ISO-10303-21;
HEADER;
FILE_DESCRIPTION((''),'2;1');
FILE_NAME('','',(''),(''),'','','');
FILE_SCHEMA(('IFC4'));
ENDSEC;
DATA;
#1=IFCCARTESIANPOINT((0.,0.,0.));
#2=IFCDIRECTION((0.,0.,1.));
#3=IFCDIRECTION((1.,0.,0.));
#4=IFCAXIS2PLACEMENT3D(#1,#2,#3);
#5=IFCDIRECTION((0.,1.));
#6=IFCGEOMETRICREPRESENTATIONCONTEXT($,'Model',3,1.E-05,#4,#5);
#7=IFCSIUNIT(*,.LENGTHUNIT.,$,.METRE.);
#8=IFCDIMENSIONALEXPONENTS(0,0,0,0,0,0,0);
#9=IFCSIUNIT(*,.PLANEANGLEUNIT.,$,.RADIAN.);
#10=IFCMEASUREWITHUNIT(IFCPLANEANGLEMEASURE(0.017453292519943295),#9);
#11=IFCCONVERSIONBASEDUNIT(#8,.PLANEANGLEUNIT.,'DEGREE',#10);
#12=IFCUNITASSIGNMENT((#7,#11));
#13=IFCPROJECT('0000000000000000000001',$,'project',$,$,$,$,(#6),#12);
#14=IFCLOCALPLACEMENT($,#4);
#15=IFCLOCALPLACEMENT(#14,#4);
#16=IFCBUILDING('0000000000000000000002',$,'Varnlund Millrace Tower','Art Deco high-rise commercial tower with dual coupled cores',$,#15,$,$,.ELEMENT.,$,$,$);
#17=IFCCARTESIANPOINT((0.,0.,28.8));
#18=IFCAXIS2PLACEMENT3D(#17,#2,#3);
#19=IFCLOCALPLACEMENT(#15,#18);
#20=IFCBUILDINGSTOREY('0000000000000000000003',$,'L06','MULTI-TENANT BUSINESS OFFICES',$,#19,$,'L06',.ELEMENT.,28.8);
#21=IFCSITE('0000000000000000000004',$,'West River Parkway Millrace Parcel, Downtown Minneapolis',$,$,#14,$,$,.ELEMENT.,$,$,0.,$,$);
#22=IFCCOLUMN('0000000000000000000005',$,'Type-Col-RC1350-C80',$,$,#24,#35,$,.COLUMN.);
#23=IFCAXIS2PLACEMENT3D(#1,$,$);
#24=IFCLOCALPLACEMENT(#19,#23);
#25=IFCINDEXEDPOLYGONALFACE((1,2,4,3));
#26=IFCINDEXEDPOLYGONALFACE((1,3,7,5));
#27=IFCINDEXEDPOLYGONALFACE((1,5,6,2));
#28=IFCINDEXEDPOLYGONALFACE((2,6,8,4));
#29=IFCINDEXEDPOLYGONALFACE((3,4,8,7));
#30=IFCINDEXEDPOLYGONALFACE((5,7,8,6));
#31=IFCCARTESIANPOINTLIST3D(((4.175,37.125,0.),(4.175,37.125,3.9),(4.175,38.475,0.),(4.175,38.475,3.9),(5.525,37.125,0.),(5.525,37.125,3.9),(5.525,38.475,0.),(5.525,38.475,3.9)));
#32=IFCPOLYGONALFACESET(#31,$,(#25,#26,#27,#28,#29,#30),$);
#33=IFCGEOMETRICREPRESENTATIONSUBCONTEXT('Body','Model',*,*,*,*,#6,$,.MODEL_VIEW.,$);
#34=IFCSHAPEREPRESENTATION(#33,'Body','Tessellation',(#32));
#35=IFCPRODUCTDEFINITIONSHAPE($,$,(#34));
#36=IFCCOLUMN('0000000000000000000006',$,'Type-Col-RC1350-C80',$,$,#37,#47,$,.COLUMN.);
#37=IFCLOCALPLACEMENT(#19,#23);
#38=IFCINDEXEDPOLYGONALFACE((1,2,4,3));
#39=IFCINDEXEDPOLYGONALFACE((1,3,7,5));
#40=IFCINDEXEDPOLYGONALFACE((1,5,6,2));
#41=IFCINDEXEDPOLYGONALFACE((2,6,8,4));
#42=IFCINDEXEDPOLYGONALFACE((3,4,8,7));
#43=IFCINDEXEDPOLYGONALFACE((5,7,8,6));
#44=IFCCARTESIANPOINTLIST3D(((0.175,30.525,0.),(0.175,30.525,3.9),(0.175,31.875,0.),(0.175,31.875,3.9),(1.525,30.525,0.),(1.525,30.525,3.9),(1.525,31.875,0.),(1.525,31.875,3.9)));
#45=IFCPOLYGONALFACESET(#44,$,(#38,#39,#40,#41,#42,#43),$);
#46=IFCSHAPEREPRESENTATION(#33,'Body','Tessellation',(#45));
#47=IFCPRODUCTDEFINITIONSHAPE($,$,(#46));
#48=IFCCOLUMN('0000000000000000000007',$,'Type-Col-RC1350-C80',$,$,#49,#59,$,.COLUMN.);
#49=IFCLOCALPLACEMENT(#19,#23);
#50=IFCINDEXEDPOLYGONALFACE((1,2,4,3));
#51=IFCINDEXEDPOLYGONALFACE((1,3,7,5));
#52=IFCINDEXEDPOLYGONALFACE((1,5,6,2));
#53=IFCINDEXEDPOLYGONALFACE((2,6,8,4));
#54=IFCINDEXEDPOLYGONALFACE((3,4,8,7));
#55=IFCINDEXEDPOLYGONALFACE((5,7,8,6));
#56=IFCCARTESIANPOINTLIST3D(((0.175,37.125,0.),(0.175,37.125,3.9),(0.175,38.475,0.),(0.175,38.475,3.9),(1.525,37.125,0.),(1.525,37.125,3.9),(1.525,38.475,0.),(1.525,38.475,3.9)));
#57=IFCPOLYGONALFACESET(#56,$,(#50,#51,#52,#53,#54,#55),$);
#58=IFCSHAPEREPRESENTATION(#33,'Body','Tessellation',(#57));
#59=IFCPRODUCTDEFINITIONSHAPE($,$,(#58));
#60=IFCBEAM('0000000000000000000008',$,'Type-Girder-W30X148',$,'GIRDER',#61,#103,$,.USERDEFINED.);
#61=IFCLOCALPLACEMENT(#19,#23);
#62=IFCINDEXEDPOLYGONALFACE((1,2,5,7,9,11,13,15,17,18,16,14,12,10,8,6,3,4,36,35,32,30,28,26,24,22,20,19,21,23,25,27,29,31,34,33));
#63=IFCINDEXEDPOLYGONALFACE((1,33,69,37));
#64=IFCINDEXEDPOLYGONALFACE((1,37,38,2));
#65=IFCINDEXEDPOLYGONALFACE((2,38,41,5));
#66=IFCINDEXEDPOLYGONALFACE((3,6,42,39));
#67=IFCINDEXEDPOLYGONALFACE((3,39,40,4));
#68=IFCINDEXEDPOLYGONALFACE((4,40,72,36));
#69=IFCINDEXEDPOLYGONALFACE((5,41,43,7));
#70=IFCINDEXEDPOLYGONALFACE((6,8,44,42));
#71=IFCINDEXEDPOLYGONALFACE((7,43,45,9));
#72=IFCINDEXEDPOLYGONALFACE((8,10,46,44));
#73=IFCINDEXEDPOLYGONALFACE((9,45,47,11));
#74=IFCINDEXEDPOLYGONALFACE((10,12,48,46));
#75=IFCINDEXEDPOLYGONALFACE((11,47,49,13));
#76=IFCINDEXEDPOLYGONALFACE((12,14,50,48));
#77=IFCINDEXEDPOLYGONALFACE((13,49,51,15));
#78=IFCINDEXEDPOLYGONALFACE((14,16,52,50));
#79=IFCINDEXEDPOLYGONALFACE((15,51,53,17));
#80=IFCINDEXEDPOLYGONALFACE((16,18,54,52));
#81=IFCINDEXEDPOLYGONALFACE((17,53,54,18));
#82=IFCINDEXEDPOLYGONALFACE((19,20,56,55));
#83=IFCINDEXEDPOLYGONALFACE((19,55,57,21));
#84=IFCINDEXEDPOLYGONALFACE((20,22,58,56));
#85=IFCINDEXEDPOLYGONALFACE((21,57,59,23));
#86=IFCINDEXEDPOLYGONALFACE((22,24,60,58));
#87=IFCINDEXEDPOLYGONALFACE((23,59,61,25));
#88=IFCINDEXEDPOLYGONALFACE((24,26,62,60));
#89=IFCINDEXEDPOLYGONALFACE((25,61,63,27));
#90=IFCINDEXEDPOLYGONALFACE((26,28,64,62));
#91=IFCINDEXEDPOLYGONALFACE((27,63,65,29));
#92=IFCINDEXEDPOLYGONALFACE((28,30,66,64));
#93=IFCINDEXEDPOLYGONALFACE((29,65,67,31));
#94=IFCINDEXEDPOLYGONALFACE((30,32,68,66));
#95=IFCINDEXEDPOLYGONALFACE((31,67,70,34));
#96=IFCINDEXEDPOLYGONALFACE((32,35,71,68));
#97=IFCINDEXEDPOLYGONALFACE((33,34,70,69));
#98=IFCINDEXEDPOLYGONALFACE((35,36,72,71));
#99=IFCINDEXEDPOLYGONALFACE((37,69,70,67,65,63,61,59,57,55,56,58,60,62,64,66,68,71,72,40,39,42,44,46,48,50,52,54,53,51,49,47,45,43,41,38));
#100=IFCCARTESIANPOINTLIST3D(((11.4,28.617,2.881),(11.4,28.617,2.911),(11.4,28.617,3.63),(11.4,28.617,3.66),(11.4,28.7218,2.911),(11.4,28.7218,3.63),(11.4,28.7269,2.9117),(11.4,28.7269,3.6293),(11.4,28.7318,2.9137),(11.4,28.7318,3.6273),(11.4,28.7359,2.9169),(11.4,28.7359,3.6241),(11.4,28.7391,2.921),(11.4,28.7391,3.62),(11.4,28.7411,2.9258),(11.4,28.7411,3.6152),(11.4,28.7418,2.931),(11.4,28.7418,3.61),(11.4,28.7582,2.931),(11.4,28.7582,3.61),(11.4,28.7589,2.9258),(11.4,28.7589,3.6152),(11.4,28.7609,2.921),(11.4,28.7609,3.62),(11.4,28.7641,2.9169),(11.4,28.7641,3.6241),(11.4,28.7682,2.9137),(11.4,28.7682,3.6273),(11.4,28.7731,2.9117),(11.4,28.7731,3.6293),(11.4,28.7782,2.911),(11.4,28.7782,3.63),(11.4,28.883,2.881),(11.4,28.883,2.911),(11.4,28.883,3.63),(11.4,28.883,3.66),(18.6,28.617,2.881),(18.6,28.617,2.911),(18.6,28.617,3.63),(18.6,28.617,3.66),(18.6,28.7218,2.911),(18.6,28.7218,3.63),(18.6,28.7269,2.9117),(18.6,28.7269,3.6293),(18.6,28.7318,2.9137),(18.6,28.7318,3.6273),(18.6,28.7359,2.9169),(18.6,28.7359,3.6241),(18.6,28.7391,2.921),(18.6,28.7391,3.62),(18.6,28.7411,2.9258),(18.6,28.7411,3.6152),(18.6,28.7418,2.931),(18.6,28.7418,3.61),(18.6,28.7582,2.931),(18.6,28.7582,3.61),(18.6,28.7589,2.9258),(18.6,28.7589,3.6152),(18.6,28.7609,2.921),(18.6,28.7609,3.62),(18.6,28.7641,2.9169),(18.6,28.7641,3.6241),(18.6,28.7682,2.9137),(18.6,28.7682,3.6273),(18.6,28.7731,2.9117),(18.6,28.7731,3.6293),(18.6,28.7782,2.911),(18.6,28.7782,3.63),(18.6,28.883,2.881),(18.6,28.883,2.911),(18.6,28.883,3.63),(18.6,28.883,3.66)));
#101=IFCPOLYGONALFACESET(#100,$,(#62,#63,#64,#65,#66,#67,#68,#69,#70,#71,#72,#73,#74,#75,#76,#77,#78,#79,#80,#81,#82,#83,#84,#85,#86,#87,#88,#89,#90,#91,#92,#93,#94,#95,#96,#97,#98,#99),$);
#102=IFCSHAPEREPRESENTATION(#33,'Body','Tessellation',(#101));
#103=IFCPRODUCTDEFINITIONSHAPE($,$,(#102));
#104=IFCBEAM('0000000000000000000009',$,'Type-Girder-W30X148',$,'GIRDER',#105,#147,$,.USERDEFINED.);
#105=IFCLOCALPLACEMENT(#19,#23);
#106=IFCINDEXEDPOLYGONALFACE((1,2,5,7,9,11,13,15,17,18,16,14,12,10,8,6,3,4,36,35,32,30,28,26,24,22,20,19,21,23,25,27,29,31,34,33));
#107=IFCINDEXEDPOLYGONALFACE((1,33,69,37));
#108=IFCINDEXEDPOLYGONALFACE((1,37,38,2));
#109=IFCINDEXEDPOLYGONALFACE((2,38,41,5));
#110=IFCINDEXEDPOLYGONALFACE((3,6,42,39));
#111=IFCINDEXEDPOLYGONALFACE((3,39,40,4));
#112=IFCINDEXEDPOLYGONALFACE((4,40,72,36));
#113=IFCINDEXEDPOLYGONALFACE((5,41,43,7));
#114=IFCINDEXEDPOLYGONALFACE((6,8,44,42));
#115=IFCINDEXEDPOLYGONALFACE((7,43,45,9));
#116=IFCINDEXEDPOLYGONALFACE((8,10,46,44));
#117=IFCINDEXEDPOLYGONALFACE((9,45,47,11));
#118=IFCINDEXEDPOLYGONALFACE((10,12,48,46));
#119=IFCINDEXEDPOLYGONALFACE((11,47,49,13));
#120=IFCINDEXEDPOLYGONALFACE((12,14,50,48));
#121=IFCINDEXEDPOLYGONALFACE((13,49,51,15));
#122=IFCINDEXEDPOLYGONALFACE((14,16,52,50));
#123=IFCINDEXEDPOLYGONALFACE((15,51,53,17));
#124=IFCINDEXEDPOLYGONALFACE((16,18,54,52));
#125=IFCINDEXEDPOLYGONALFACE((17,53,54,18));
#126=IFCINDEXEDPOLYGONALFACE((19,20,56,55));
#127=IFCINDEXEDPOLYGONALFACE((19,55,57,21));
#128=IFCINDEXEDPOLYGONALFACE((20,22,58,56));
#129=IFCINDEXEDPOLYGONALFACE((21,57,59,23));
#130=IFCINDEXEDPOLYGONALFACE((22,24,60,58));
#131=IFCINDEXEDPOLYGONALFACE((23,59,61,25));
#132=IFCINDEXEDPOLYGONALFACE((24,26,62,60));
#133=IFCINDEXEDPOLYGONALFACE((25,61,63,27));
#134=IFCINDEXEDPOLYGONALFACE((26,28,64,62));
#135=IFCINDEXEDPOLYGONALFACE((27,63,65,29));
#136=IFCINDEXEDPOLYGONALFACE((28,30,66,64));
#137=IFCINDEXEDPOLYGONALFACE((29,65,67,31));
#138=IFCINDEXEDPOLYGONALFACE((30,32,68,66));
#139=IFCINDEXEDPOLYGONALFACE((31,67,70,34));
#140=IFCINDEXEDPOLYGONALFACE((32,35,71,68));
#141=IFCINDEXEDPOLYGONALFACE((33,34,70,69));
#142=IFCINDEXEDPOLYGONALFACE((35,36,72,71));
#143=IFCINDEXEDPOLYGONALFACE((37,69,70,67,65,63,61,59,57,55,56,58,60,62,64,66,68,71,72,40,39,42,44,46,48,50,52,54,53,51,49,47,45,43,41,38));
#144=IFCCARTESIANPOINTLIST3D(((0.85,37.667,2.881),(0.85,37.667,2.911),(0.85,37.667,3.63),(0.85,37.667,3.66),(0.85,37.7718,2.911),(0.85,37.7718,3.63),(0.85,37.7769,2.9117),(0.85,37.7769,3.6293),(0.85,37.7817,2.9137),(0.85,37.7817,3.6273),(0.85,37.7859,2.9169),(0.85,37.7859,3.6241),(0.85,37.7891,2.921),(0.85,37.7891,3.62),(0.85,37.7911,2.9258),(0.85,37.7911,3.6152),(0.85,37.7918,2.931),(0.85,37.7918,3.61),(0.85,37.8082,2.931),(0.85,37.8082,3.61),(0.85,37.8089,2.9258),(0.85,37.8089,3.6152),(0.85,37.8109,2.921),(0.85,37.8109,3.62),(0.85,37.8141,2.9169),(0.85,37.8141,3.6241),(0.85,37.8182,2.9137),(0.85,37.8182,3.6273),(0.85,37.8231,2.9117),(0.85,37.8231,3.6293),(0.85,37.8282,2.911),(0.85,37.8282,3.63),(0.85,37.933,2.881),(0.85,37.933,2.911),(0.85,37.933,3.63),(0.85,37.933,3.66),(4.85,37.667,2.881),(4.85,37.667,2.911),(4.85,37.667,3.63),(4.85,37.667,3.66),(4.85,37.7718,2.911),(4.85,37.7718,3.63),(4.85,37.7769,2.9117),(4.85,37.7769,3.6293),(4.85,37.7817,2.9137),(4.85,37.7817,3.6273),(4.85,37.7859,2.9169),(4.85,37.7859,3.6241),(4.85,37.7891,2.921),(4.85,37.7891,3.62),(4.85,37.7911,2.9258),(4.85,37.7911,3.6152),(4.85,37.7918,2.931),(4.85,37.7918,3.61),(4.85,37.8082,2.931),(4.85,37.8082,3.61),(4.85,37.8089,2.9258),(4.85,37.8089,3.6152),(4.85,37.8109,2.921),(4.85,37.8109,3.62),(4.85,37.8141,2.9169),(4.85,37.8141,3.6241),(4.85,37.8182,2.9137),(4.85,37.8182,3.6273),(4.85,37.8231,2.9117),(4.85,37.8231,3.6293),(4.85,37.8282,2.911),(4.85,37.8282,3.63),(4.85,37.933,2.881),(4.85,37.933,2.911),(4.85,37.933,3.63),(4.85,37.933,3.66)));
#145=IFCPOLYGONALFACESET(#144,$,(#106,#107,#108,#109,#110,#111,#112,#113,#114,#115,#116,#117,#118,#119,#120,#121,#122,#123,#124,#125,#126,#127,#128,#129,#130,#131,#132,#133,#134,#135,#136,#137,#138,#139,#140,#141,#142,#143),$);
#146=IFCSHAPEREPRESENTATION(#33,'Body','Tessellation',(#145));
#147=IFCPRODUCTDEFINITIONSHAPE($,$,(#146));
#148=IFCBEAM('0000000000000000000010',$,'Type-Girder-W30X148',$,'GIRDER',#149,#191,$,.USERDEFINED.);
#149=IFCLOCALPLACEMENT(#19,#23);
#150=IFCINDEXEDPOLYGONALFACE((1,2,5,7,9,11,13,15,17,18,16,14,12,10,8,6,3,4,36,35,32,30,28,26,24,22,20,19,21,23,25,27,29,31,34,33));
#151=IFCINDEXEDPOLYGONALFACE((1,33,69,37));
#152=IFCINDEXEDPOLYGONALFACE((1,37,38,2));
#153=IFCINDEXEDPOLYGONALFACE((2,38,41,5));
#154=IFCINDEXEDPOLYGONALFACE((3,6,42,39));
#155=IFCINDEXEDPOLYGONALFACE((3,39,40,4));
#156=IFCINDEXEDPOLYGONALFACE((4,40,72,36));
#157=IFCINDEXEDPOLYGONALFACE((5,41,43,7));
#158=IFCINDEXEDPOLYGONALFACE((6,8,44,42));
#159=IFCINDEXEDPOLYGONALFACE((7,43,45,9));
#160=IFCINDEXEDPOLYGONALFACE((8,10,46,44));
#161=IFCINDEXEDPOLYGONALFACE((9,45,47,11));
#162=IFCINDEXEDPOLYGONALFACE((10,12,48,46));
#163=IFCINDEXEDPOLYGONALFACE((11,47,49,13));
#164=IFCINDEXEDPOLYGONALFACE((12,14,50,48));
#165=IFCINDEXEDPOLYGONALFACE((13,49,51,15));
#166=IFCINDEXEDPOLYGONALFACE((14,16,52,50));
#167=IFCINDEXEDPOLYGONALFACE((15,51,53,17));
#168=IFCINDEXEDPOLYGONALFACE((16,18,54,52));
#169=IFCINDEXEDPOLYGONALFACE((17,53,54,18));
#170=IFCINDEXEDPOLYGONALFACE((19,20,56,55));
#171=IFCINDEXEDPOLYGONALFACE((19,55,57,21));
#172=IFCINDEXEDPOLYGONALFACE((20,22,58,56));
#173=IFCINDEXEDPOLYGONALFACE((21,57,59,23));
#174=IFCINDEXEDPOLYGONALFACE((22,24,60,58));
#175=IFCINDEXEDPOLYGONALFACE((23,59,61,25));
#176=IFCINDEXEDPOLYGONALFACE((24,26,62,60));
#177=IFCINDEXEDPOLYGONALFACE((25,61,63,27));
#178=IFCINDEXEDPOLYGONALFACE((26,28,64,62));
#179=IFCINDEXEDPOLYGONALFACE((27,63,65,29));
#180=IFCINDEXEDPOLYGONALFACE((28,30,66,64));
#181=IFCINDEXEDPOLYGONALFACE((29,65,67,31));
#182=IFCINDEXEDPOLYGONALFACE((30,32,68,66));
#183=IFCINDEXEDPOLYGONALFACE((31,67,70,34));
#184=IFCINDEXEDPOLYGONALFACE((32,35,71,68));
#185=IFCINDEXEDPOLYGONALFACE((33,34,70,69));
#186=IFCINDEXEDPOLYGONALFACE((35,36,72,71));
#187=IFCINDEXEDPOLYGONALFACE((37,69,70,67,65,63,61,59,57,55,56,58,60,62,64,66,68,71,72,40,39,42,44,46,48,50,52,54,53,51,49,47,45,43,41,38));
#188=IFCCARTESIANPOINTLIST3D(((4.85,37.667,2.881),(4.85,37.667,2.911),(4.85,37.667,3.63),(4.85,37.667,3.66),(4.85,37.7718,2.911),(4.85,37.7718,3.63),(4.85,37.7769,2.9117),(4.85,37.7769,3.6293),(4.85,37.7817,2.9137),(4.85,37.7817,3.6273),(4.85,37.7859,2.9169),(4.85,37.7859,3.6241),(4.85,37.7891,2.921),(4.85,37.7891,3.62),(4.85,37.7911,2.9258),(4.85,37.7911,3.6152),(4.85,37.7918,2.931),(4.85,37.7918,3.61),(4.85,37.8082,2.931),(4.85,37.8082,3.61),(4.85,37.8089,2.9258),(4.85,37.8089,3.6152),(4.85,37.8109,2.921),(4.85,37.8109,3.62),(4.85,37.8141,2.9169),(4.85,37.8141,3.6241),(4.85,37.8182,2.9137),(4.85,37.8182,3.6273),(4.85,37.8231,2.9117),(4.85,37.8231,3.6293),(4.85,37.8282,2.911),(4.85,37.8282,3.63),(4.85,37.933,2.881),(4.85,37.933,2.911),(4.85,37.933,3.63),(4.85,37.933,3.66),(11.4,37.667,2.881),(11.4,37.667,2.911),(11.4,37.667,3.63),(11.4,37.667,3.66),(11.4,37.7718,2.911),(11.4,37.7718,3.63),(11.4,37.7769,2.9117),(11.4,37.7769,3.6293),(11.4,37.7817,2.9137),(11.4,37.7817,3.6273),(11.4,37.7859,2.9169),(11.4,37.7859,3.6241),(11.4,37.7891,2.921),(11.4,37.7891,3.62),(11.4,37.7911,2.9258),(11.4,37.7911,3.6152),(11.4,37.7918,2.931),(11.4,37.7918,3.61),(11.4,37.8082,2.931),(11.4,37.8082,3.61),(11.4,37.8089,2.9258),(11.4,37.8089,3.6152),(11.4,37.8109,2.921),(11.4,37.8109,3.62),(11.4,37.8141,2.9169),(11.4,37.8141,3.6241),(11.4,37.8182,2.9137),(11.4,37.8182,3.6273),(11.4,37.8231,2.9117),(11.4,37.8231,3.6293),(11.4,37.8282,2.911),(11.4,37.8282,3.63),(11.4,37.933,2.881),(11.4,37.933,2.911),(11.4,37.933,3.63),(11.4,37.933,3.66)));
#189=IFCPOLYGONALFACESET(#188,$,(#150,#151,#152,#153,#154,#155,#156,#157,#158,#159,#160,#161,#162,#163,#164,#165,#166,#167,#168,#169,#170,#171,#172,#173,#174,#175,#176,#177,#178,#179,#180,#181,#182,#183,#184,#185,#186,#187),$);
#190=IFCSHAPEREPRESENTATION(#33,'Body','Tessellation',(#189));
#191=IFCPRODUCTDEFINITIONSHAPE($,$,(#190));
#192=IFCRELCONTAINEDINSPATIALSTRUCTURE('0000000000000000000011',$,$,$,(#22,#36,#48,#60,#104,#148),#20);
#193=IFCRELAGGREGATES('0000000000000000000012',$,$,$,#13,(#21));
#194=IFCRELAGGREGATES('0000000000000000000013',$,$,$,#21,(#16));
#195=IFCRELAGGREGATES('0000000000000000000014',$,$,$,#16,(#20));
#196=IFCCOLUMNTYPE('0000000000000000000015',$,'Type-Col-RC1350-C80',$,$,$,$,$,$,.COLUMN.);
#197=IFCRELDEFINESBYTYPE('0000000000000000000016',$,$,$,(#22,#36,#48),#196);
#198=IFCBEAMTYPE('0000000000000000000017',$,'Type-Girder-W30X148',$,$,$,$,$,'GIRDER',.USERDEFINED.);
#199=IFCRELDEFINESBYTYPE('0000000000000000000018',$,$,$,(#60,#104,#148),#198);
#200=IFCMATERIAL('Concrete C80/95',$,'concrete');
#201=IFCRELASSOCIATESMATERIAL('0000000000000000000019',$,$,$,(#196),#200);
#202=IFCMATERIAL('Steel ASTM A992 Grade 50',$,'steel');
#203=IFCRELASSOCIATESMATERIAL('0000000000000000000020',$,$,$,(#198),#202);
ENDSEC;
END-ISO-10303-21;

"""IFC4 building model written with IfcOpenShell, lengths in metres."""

from ifc_helpers import new_model, entity, si_unit, converted_unit, direction, frame, origin_with_axes, origin_2d_with_axis, place, context, subcontext, project, spatial, rectangle, i_section, extrude, material, material_profile, profile_set, type_object, element, save


model = new_model("IFC4")

# Units and contexts
model_context = context("Model", 3, precision=1e-05, world=origin_with_axes(), true_north=direction((0.0, 1.0)))
body_context = subcontext(model_context, "Body", "Model", "MODEL_VIEW")
ifc_project = project(units=[si_unit("LENGTHUNIT", "METRE"), converted_unit("PLANEANGLEUNIT", "DEGREE", entity("IfcPlaneAngleMeasure", 0.017453292519943295), si_unit("PLANEANGLEUNIT", "RADIAN"), dimensions=[0, 0, 0, 0, 0, 0, 0])], contexts=[model_context])

# Site, building, storey
site_placement = place(None, origin_with_axes())
site = spatial("IfcSite", under=ifc_project, at=site_placement, Name="West River Parkway Millrace Parcel, Downtown Minneapolis", CompositionType="ELEMENT", RefElevation=0.0)
building_placement = place(site_placement, origin_with_axes())
building = spatial("IfcBuilding", under=site, at=building_placement, Name="Varnlund Millrace Tower", Description="Art Deco high-rise commercial tower with dual coupled cores", CompositionType="ELEMENT")
storey_placement = place(building_placement, frame((0.0, 0.0, 28.8), z_axis=(0.0, 0.0, 1.0), x_axis=(1.0, 0.0, 0.0)))
storey = spatial("IfcBuildingStorey", under=building, at=storey_placement, Name="L06", Description="MULTI-TENANT BUSINESS OFFICES", LongName="L06", CompositionType="ELEMENT", Elevation=28.8)

# Columns
ifc_material_1 = material(Name="Concrete C80/95", Category="concrete")
ifc_material_profile_1 = material_profile(ifc_material_1, rectangle(XDim=1.35, YDim=1.35, at=origin_2d_with_axis()), Name="Concrete C80/95")
ifc_profile_set_1 = profile_set([ifc_material_profile_1], Name="Concrete C80/95")
column_type = type_object("IfcColumnType", Name="Type-Col-RC1350-C80", PredefinedType="COLUMN", material=ifc_profile_set_1)
for number, where, z_axis, x_axis, name in (
    (1, (4.85, 37.8, 0.0), (0.0, 0.0, 1.0), (1.0, 0.0, 0.0), "Type-Col-RC1350-C80"),
    (2, (0.85, 31.2, 0.0), (0.0, 0.0, 1.0), (1.0, 0.0, 0.0), "Type-Col-RC1350-C80"),
    (3, (0.85, 37.8, 0.0), (0.0, 0.0, 1.0), (1.0, 0.0, 0.0), "Type-Col-RC1350-C80"),
):
    element("IfcColumn", number, at=place(storey_placement, frame(where, z_axis=z_axis, x_axis=x_axis)), inside=storey, type_object=column_type, Name=name, PredefinedType="COLUMN", context=body_context, shape_type="SweptSolid", body=[
        extrude(rectangle(XDim=1.35, YDim=1.35, at=origin_2d_with_axis()), origin_with_axes(), (0.0, 0.0, 1.0), 3.9),
    ])

# Beams
ifc_material_2 = material(Name="Steel ASTM A992 Grade 50", Category="steel")
ifc_material_profile_2 = material_profile(ifc_material_2, i_section(OverallWidth=0.266, OverallDepth=0.779, WebThickness=0.0165, FlangeThickness=0.03, FilletRadius=0.02, at=origin_2d_with_axis()), Name="Steel ASTM A992 Grade 50")
ifc_profile_set_2 = profile_set([ifc_material_profile_2], Name="Steel ASTM A992 Grade 50")
beam_type_1 = type_object("IfcBeamType", Name="Type-Girder-W30X148", ElementType="GIRDER", PredefinedType="USERDEFINED", material=ifc_profile_set_2)
beam_1_placement = place(storey_placement, frame((11.4, 28.75, 3.2705), z_axis=(1.0, 0.0, 0.0), x_axis=(0.0, 1.0, 0.0)))
element("IfcBeam", 4, at=beam_1_placement, inside=storey, type_object=beam_type_1, Name="Type-Girder-W30X148", ObjectType="GIRDER", PredefinedType="USERDEFINED", context=body_context, shape_type="SweptSolid", body=[
    extrude(i_section(OverallWidth=0.266, OverallDepth=0.779, WebThickness=0.0165, FlangeThickness=0.03, FilletRadius=0.02, at=origin_2d_with_axis()), origin_with_axes(), (0.0, 0.0, 1.0), 7.2),
])
beam_2_placement = place(storey_placement, frame((0.85, 37.8, 3.2705), z_axis=(1.0, 0.0, 0.0), x_axis=(0.0, 1.0, 0.0)))
element("IfcBeam", 5, at=beam_2_placement, inside=storey, type_object=beam_type_1, Name="Type-Girder-W30X148", ObjectType="GIRDER", PredefinedType="USERDEFINED", context=body_context, shape_type="SweptSolid", body=[
    extrude(i_section(OverallWidth=0.266, OverallDepth=0.779, WebThickness=0.0165, FlangeThickness=0.03, FilletRadius=0.02, at=origin_2d_with_axis()), origin_with_axes(), (0.0, 0.0, 1.0), 4.0),
])
beam_3_placement = place(storey_placement, frame((4.85, 37.8, 3.2705), z_axis=(1.0, 0.0, 0.0), x_axis=(0.0, 1.0, 0.0)))
element("IfcBeam", 6, at=beam_3_placement, inside=storey, type_object=beam_type_1, Name="Type-Girder-W30X148", ObjectType="GIRDER", PredefinedType="USERDEFINED", context=body_context, shape_type="SweptSolid", body=[
    extrude(i_section(OverallWidth=0.266, OverallDepth=0.779, WebThickness=0.0165, FlangeThickness=0.03, FilletRadius=0.02, at=origin_2d_with_axis()), origin_with_axes(), (0.0, 0.0, 1.0), 6.55),
])

save(model, "model.ifc")
